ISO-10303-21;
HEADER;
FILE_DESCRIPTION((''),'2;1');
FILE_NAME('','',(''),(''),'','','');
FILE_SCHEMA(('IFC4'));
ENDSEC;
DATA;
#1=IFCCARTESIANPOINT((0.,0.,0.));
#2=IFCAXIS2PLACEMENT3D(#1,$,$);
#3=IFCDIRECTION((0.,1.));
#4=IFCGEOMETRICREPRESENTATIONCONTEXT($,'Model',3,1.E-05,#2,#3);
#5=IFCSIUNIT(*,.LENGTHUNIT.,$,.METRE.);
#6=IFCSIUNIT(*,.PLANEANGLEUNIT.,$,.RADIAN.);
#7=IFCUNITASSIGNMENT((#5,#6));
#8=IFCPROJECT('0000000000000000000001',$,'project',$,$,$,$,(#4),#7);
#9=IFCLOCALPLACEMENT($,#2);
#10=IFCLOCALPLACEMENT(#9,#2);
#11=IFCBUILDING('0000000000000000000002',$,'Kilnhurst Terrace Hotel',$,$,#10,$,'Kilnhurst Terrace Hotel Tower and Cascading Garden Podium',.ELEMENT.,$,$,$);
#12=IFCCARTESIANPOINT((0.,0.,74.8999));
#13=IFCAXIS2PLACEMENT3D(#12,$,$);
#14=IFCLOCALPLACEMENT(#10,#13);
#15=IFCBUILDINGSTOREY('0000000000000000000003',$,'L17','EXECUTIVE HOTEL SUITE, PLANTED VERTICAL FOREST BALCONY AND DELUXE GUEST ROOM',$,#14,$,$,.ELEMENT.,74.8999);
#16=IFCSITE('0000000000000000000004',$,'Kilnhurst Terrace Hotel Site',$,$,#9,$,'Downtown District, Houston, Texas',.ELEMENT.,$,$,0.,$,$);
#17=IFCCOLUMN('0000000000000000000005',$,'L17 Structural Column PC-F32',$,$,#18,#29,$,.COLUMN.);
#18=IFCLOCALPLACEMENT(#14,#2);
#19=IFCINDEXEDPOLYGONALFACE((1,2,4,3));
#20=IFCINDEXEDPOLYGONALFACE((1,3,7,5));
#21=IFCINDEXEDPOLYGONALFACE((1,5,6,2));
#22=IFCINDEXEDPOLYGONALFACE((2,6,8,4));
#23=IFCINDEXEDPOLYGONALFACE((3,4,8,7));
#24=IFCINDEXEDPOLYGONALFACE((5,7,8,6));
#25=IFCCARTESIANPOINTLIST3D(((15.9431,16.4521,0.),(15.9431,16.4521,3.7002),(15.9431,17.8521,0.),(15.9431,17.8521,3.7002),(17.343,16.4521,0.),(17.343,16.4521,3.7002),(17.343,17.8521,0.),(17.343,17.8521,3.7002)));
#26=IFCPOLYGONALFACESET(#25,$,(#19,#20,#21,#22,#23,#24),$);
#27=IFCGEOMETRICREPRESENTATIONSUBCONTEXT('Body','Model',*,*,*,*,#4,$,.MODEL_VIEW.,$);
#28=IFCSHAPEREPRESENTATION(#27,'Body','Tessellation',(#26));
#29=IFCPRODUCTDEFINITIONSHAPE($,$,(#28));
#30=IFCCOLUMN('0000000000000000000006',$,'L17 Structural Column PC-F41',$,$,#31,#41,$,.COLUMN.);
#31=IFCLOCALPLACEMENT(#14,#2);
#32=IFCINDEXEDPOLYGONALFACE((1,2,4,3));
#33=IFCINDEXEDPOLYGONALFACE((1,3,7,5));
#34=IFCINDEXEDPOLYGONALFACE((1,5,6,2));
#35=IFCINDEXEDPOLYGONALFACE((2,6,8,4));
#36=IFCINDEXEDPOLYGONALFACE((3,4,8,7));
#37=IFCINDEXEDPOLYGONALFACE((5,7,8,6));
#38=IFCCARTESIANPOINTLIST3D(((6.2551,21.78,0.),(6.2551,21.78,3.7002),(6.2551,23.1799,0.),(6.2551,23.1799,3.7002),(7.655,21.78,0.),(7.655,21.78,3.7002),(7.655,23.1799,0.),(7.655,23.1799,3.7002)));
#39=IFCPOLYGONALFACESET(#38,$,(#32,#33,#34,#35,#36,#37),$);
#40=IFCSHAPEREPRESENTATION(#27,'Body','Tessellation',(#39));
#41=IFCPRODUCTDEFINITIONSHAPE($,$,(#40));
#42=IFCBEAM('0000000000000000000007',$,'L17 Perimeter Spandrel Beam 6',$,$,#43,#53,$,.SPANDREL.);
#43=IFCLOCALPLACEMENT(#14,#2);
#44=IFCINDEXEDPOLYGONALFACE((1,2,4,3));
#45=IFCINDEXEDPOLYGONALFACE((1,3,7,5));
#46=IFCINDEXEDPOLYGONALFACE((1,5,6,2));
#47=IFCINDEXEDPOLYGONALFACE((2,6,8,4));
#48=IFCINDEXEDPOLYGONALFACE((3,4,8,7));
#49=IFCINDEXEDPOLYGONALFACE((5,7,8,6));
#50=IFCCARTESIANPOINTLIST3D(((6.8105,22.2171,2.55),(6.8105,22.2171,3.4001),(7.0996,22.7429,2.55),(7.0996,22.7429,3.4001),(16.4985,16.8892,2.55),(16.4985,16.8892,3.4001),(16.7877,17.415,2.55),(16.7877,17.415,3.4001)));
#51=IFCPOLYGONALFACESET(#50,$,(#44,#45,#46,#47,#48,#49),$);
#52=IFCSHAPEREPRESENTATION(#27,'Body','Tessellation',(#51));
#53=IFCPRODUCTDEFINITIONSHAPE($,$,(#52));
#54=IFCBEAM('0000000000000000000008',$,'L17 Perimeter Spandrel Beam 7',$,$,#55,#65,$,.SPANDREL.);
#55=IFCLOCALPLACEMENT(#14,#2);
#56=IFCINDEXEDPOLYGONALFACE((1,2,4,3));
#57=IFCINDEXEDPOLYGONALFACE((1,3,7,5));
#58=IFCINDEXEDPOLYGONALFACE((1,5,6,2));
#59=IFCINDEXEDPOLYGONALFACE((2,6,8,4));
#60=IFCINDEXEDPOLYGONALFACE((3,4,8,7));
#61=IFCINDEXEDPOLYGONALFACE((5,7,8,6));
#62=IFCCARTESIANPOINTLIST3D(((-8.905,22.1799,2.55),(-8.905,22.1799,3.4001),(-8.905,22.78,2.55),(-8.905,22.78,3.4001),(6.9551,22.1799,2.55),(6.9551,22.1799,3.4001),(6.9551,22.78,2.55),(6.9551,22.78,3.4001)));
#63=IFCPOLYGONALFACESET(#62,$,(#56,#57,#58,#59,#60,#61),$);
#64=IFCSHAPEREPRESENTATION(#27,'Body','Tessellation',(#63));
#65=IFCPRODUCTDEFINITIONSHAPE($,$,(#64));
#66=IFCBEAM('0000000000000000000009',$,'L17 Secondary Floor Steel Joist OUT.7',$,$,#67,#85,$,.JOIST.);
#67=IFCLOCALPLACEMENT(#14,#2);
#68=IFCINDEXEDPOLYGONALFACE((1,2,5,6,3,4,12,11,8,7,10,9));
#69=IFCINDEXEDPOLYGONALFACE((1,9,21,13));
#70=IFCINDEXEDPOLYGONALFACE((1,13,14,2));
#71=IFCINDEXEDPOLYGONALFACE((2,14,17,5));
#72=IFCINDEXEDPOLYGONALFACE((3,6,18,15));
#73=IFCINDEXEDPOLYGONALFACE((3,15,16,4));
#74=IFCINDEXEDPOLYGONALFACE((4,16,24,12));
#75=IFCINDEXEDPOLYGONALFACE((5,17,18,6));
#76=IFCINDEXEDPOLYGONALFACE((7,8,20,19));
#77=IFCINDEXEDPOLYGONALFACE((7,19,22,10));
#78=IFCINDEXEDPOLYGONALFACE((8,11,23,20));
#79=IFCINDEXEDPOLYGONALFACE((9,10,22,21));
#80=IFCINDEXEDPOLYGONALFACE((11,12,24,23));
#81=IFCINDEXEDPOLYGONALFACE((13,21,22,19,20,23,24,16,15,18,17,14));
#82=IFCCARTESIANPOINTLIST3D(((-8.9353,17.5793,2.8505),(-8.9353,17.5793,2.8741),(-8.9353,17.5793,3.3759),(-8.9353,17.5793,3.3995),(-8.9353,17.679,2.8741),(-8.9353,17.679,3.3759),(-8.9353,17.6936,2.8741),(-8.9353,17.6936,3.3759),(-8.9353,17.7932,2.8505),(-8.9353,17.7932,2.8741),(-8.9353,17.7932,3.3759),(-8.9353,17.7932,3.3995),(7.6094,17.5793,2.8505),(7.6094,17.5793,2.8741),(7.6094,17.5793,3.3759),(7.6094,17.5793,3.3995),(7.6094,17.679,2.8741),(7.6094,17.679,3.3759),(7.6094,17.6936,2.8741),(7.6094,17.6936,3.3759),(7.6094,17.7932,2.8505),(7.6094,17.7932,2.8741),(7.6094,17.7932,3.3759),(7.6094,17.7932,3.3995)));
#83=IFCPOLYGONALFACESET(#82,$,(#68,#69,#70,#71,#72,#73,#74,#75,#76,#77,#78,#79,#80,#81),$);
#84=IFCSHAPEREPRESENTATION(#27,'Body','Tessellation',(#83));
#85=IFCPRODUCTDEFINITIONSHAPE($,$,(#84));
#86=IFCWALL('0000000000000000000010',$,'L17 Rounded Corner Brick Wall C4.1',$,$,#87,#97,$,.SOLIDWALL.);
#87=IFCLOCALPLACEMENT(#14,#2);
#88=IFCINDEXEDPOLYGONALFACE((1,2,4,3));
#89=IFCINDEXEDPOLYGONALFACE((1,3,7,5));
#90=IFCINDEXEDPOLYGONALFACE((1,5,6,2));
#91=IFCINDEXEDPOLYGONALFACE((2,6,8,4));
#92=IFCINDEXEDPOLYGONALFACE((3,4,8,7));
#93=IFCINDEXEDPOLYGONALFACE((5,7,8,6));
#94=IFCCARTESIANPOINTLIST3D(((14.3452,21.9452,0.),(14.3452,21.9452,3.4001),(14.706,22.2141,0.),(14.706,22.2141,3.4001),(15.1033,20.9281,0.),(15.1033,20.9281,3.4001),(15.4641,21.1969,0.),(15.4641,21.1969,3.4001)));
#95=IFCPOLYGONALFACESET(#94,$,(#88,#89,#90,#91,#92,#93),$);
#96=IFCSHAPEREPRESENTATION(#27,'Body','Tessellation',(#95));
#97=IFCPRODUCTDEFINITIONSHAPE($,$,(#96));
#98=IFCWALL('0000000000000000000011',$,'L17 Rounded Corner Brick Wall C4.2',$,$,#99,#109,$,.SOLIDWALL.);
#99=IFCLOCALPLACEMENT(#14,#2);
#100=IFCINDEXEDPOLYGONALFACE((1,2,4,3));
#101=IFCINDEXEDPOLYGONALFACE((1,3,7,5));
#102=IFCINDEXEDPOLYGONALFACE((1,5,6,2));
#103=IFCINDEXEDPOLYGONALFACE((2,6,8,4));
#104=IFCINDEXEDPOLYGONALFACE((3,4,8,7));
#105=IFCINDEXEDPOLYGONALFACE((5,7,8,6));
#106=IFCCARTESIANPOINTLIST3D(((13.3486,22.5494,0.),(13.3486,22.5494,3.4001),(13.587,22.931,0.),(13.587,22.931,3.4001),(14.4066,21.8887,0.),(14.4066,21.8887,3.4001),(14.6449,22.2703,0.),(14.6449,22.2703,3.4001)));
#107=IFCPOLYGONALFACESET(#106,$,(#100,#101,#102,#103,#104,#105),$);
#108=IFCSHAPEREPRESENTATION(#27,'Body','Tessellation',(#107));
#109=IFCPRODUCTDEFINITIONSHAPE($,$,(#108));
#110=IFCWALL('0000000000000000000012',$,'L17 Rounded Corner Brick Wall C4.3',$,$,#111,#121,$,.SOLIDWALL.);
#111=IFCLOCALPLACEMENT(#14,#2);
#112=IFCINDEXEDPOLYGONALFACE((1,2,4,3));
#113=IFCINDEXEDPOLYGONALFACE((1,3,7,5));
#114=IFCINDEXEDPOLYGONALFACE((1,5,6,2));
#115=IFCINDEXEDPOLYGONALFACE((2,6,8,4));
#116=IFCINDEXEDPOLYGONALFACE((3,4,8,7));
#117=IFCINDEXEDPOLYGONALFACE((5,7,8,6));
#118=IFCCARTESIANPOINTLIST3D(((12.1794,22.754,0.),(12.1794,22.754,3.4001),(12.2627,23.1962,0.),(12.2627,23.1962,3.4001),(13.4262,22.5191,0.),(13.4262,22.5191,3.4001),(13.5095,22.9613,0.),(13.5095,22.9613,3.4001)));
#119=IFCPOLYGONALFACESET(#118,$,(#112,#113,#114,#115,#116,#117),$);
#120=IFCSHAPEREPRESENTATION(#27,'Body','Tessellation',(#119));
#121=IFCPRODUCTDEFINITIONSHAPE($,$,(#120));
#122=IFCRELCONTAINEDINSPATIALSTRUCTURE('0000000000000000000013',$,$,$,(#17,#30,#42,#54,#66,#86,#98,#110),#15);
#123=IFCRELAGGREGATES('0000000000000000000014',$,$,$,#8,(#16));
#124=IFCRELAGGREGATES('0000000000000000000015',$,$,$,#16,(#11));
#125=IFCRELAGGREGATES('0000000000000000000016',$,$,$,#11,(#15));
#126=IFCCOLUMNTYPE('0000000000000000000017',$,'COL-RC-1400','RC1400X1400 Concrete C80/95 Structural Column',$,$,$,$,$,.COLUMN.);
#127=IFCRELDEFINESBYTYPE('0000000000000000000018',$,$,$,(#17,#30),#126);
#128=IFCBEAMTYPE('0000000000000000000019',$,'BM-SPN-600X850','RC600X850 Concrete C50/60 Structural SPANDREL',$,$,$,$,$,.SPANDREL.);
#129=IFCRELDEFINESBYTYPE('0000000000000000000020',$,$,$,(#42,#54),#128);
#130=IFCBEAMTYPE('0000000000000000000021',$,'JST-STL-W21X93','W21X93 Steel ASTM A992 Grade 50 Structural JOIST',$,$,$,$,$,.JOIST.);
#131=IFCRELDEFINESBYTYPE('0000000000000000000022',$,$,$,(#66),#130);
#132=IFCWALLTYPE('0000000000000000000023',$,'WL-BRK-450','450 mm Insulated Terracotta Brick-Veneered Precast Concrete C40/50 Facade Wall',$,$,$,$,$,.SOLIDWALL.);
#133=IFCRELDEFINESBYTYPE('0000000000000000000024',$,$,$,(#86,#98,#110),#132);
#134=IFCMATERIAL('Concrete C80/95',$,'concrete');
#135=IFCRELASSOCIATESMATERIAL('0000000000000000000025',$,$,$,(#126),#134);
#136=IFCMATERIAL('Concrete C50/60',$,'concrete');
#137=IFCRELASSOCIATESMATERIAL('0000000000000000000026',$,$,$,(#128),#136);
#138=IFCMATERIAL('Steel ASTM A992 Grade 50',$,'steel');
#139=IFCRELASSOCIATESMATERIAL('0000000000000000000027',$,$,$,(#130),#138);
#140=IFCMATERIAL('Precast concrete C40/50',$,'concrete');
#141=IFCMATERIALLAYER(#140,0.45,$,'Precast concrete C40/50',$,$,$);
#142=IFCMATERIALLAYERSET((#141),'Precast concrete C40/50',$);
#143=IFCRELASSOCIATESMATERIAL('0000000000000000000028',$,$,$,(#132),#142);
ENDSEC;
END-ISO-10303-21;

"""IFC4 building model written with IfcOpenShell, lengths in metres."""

from ifc_helpers import new_model, si_unit, direction, frame, frame_2d, origin, origin_2d, place, context, subcontext, project, spatial, rectangle, i_section, extrude, material, layer, layer_set, material_profile, profile_set, type_object, element, save


model = new_model("IFC4")

# Units and contexts
model_context = context("Model", 3, precision=1e-05, world=origin(), true_north=direction((0.0, 1.0)))
body_context = subcontext(model_context, "Body", "Model", "MODEL_VIEW")
ifc_project = project(units=[si_unit("LENGTHUNIT", "METRE"), si_unit("PLANEANGLEUNIT", "RADIAN")], contexts=[model_context])

# Site, building, storey
site_placement = place(None, origin())
site = spatial("IfcSite", under=ifc_project, at=site_placement, Name="Kilnhurst Terrace Hotel Site", LongName="Downtown District, Houston, Texas", CompositionType="ELEMENT", RefElevation=0.0)
building_placement = place(site_placement, origin())
building = spatial("IfcBuilding", under=site, at=building_placement, Name="Kilnhurst Terrace Hotel", LongName="Kilnhurst Terrace Hotel Tower and Cascading Garden Podium", CompositionType="ELEMENT")
storey_placement = place(building_placement, frame((0.0, 0.0, 74.8999)))
storey = spatial("IfcBuildingStorey", under=building, at=storey_placement, Name="L17", Description="EXECUTIVE HOTEL SUITE, PLANTED VERTICAL FOREST BALCONY AND DELUXE GUEST ROOM", CompositionType="ELEMENT", Elevation=74.8999)

# Columns
ifc_material_1 = material(Name="Concrete C80/95", Category="concrete")
ifc_material_profile_1 = material_profile(ifc_material_1, rectangle(XDim=1.3999, YDim=1.3999, at=origin_2d()), Name="RC1400X1400")
ifc_profile_set_1 = profile_set([ifc_material_profile_1], Name="Concrete C80/95")
column_type = type_object("IfcColumnType", Name="COL-RC-1400", Description="RC1400X1400 Concrete C80/95 Structural Column", PredefinedType="COLUMN", material=ifc_profile_set_1)
for number, where, z_axis, x_axis, name in (
    (1, (16.6431, 17.1521, 0.0), (0.0, 0.0, 1.0), (1.0, 0.0, 0.0), "L17 Structural Column PC-F32"),
    (2, (6.9551, 22.48, 0.0), (0.0, 0.0, 1.0), (1.0, 0.0, 0.0), "L17 Structural Column PC-F41"),
):
    element("IfcColumn", number, at=place(storey_placement, frame(where, z_axis=z_axis, x_axis=x_axis)), inside=storey, type_object=column_type, Name=name, PredefinedType="COLUMN", context=body_context, shape_type="SweptSolid", body=[
        extrude(rectangle(XDim=1.3999, YDim=1.3999, at=origin_2d()), origin(), (0.0, 0.0, 1.0), 3.7002),
    ])

# Beams
ifc_material_2 = material(Name="Concrete C50/60", Category="concrete")
ifc_material_profile_2 = material_profile(ifc_material_2, rectangle(XDim=0.6001, YDim=0.8501, at=origin_2d()), Name="RC600X850")
ifc_profile_set_2 = profile_set([ifc_material_profile_2], Name="Concrete C50/60")
beam_type_1 = type_object("IfcBeamType", Name="BM-SPN-600X850", Description="RC600X850 Concrete C50/60 Structural SPANDREL", PredefinedType="SPANDREL", material=ifc_profile_set_2)
beam_1_placement = place(storey_placement, frame((16.6431, 17.1521, 2.9751), z_axis=(-0.876235, 0.481883, 0.0), x_axis=(-0.481883, -0.876235, 0.0)))
element("IfcBeam", 3, at=beam_1_placement, inside=storey, type_object=beam_type_1, Name="L17 Perimeter Spandrel Beam 6", PredefinedType="SPANDREL", context=body_context, shape_type="SweptSolid", body=[
    extrude(rectangle(XDim=0.6001, YDim=0.8501, at=origin_2d()), origin(), (0.0, 0.0, 1.0), 11.0564),
])
beam_2_placement = place(storey_placement, frame((6.9551, 22.48, 2.9751), z_axis=(-1.0, 0.0, 0.0), x_axis=(0.0, -1.0, 0.0)))
element("IfcBeam", 4, at=beam_2_placement, inside=storey, type_object=beam_type_1, Name="L17 Perimeter Spandrel Beam 7", PredefinedType="SPANDREL", context=body_context, shape_type="SweptSolid", body=[
    extrude(rectangle(XDim=0.6001, YDim=0.8501, at=origin_2d()), origin(), (0.0, 0.0, 1.0), 15.8601),
])
ifc_material_3 = material(Name="Steel ASTM A992 Grade 50", Category="steel")
ifc_material_profile_3 = material_profile(ifc_material_3, i_section(OverallWidth=0.2139, OverallDepth=0.5491, WebThickness=0.0146, FlangeThickness=0.0237, at=origin_2d()), Name="W21X93")
ifc_profile_set_3 = profile_set([ifc_material_profile_3], Name="Steel ASTM A992 Grade 50")
beam_type_2 = type_object("IfcBeamType", Name="JST-STL-W21X93", Description="W21X93 Steel ASTM A992 Grade 50 Structural JOIST", PredefinedType="JOIST", material=ifc_profile_set_3)
beam_3_placement = place(storey_placement, frame((7.6094, 17.6863, 3.125), z_axis=(-1.0, 0.0, 0.0), x_axis=(0.0, -1.0, 0.0)))
element("IfcBeam", 5, at=beam_3_placement, inside=storey, type_object=beam_type_2, Name="L17 Secondary Floor Steel Joist OUT.7", PredefinedType="JOIST", context=body_context, shape_type="SweptSolid", body=[
    extrude(i_section(OverallWidth=0.2139, OverallDepth=0.5491, WebThickness=0.0146, FlangeThickness=0.0237, at=origin_2d()), origin(), (0.0, 0.0, 1.0), 16.5447),
])

# Walls
ifc_material_4 = material(Name="Precast concrete C40/50", Category="concrete")
ifc_layer_1 = layer(ifc_material_4, 0.45, Name="Precast concrete C40/50")
ifc_layer_set_1 = layer_set([ifc_layer_1], Name="Precast concrete C40/50")
wall_type_1 = type_object("IfcWallType", Name="WL-BRK-450", Description="450 mm Insulated Terracotta Brick-Veneered Precast Concrete C40/50 Facade Wall", PredefinedType="SOLIDWALL", material=ifc_layer_set_1)
wall_1_placement = place(storey_placement, frame((15.2837, 21.0625, 0.0), z_axis=(0.0, 0.0, 1.0), x_axis=(-0.597595, 0.801798, 0.0)))
element("IfcWall", 6, at=wall_1_placement, inside=storey, type_object=wall_type_1, Name="L17 Rounded Corner Brick Wall C4.1", PredefinedType="SOLIDWALL", context=body_context, shape_type="SweptSolid", body=[
    extrude(rectangle(XDim=1.2686, YDim=0.45, at=frame_2d((0.6343, 0.0))), origin(), (0.0, 0.0, 1.0), 3.4001),
])
wall_2_placement = place(storey_placement, frame((14.5256, 22.0796, 0.0), z_axis=(0.0, 0.0, 1.0), x_axis=(-0.848185, 0.5297, 0.0)))
element("IfcWall", 7, at=wall_2_placement, inside=storey, type_object=wall_type_1, Name="L17 Rounded Corner Brick Wall C4.2", PredefinedType="SOLIDWALL", context=body_context, shape_type="SweptSolid", body=[
    extrude(rectangle(XDim=1.2473, YDim=0.45, at=frame_2d((0.6235, 0.0))), origin(), (0.0, 0.0, 1.0), 3.4001),
])
wall_3_placement = place(storey_placement, frame((13.4678, 22.7402, 0.0), z_axis=(0.0, 0.0, 1.0), x_axis=(-0.982717, 0.185113, 0.0)))
element("IfcWall", 8, at=wall_3_placement, inside=storey, type_object=wall_type_1, Name="L17 Rounded Corner Brick Wall C4.3", PredefinedType="SOLIDWALL", context=body_context, shape_type="SweptSolid", body=[
    extrude(rectangle(XDim=1.2688, YDim=0.45, at=frame_2d((0.6343, 0.0))), origin(), (0.0, 0.0, 1.0), 3.4001),
])

save(model, "model.ifc")
